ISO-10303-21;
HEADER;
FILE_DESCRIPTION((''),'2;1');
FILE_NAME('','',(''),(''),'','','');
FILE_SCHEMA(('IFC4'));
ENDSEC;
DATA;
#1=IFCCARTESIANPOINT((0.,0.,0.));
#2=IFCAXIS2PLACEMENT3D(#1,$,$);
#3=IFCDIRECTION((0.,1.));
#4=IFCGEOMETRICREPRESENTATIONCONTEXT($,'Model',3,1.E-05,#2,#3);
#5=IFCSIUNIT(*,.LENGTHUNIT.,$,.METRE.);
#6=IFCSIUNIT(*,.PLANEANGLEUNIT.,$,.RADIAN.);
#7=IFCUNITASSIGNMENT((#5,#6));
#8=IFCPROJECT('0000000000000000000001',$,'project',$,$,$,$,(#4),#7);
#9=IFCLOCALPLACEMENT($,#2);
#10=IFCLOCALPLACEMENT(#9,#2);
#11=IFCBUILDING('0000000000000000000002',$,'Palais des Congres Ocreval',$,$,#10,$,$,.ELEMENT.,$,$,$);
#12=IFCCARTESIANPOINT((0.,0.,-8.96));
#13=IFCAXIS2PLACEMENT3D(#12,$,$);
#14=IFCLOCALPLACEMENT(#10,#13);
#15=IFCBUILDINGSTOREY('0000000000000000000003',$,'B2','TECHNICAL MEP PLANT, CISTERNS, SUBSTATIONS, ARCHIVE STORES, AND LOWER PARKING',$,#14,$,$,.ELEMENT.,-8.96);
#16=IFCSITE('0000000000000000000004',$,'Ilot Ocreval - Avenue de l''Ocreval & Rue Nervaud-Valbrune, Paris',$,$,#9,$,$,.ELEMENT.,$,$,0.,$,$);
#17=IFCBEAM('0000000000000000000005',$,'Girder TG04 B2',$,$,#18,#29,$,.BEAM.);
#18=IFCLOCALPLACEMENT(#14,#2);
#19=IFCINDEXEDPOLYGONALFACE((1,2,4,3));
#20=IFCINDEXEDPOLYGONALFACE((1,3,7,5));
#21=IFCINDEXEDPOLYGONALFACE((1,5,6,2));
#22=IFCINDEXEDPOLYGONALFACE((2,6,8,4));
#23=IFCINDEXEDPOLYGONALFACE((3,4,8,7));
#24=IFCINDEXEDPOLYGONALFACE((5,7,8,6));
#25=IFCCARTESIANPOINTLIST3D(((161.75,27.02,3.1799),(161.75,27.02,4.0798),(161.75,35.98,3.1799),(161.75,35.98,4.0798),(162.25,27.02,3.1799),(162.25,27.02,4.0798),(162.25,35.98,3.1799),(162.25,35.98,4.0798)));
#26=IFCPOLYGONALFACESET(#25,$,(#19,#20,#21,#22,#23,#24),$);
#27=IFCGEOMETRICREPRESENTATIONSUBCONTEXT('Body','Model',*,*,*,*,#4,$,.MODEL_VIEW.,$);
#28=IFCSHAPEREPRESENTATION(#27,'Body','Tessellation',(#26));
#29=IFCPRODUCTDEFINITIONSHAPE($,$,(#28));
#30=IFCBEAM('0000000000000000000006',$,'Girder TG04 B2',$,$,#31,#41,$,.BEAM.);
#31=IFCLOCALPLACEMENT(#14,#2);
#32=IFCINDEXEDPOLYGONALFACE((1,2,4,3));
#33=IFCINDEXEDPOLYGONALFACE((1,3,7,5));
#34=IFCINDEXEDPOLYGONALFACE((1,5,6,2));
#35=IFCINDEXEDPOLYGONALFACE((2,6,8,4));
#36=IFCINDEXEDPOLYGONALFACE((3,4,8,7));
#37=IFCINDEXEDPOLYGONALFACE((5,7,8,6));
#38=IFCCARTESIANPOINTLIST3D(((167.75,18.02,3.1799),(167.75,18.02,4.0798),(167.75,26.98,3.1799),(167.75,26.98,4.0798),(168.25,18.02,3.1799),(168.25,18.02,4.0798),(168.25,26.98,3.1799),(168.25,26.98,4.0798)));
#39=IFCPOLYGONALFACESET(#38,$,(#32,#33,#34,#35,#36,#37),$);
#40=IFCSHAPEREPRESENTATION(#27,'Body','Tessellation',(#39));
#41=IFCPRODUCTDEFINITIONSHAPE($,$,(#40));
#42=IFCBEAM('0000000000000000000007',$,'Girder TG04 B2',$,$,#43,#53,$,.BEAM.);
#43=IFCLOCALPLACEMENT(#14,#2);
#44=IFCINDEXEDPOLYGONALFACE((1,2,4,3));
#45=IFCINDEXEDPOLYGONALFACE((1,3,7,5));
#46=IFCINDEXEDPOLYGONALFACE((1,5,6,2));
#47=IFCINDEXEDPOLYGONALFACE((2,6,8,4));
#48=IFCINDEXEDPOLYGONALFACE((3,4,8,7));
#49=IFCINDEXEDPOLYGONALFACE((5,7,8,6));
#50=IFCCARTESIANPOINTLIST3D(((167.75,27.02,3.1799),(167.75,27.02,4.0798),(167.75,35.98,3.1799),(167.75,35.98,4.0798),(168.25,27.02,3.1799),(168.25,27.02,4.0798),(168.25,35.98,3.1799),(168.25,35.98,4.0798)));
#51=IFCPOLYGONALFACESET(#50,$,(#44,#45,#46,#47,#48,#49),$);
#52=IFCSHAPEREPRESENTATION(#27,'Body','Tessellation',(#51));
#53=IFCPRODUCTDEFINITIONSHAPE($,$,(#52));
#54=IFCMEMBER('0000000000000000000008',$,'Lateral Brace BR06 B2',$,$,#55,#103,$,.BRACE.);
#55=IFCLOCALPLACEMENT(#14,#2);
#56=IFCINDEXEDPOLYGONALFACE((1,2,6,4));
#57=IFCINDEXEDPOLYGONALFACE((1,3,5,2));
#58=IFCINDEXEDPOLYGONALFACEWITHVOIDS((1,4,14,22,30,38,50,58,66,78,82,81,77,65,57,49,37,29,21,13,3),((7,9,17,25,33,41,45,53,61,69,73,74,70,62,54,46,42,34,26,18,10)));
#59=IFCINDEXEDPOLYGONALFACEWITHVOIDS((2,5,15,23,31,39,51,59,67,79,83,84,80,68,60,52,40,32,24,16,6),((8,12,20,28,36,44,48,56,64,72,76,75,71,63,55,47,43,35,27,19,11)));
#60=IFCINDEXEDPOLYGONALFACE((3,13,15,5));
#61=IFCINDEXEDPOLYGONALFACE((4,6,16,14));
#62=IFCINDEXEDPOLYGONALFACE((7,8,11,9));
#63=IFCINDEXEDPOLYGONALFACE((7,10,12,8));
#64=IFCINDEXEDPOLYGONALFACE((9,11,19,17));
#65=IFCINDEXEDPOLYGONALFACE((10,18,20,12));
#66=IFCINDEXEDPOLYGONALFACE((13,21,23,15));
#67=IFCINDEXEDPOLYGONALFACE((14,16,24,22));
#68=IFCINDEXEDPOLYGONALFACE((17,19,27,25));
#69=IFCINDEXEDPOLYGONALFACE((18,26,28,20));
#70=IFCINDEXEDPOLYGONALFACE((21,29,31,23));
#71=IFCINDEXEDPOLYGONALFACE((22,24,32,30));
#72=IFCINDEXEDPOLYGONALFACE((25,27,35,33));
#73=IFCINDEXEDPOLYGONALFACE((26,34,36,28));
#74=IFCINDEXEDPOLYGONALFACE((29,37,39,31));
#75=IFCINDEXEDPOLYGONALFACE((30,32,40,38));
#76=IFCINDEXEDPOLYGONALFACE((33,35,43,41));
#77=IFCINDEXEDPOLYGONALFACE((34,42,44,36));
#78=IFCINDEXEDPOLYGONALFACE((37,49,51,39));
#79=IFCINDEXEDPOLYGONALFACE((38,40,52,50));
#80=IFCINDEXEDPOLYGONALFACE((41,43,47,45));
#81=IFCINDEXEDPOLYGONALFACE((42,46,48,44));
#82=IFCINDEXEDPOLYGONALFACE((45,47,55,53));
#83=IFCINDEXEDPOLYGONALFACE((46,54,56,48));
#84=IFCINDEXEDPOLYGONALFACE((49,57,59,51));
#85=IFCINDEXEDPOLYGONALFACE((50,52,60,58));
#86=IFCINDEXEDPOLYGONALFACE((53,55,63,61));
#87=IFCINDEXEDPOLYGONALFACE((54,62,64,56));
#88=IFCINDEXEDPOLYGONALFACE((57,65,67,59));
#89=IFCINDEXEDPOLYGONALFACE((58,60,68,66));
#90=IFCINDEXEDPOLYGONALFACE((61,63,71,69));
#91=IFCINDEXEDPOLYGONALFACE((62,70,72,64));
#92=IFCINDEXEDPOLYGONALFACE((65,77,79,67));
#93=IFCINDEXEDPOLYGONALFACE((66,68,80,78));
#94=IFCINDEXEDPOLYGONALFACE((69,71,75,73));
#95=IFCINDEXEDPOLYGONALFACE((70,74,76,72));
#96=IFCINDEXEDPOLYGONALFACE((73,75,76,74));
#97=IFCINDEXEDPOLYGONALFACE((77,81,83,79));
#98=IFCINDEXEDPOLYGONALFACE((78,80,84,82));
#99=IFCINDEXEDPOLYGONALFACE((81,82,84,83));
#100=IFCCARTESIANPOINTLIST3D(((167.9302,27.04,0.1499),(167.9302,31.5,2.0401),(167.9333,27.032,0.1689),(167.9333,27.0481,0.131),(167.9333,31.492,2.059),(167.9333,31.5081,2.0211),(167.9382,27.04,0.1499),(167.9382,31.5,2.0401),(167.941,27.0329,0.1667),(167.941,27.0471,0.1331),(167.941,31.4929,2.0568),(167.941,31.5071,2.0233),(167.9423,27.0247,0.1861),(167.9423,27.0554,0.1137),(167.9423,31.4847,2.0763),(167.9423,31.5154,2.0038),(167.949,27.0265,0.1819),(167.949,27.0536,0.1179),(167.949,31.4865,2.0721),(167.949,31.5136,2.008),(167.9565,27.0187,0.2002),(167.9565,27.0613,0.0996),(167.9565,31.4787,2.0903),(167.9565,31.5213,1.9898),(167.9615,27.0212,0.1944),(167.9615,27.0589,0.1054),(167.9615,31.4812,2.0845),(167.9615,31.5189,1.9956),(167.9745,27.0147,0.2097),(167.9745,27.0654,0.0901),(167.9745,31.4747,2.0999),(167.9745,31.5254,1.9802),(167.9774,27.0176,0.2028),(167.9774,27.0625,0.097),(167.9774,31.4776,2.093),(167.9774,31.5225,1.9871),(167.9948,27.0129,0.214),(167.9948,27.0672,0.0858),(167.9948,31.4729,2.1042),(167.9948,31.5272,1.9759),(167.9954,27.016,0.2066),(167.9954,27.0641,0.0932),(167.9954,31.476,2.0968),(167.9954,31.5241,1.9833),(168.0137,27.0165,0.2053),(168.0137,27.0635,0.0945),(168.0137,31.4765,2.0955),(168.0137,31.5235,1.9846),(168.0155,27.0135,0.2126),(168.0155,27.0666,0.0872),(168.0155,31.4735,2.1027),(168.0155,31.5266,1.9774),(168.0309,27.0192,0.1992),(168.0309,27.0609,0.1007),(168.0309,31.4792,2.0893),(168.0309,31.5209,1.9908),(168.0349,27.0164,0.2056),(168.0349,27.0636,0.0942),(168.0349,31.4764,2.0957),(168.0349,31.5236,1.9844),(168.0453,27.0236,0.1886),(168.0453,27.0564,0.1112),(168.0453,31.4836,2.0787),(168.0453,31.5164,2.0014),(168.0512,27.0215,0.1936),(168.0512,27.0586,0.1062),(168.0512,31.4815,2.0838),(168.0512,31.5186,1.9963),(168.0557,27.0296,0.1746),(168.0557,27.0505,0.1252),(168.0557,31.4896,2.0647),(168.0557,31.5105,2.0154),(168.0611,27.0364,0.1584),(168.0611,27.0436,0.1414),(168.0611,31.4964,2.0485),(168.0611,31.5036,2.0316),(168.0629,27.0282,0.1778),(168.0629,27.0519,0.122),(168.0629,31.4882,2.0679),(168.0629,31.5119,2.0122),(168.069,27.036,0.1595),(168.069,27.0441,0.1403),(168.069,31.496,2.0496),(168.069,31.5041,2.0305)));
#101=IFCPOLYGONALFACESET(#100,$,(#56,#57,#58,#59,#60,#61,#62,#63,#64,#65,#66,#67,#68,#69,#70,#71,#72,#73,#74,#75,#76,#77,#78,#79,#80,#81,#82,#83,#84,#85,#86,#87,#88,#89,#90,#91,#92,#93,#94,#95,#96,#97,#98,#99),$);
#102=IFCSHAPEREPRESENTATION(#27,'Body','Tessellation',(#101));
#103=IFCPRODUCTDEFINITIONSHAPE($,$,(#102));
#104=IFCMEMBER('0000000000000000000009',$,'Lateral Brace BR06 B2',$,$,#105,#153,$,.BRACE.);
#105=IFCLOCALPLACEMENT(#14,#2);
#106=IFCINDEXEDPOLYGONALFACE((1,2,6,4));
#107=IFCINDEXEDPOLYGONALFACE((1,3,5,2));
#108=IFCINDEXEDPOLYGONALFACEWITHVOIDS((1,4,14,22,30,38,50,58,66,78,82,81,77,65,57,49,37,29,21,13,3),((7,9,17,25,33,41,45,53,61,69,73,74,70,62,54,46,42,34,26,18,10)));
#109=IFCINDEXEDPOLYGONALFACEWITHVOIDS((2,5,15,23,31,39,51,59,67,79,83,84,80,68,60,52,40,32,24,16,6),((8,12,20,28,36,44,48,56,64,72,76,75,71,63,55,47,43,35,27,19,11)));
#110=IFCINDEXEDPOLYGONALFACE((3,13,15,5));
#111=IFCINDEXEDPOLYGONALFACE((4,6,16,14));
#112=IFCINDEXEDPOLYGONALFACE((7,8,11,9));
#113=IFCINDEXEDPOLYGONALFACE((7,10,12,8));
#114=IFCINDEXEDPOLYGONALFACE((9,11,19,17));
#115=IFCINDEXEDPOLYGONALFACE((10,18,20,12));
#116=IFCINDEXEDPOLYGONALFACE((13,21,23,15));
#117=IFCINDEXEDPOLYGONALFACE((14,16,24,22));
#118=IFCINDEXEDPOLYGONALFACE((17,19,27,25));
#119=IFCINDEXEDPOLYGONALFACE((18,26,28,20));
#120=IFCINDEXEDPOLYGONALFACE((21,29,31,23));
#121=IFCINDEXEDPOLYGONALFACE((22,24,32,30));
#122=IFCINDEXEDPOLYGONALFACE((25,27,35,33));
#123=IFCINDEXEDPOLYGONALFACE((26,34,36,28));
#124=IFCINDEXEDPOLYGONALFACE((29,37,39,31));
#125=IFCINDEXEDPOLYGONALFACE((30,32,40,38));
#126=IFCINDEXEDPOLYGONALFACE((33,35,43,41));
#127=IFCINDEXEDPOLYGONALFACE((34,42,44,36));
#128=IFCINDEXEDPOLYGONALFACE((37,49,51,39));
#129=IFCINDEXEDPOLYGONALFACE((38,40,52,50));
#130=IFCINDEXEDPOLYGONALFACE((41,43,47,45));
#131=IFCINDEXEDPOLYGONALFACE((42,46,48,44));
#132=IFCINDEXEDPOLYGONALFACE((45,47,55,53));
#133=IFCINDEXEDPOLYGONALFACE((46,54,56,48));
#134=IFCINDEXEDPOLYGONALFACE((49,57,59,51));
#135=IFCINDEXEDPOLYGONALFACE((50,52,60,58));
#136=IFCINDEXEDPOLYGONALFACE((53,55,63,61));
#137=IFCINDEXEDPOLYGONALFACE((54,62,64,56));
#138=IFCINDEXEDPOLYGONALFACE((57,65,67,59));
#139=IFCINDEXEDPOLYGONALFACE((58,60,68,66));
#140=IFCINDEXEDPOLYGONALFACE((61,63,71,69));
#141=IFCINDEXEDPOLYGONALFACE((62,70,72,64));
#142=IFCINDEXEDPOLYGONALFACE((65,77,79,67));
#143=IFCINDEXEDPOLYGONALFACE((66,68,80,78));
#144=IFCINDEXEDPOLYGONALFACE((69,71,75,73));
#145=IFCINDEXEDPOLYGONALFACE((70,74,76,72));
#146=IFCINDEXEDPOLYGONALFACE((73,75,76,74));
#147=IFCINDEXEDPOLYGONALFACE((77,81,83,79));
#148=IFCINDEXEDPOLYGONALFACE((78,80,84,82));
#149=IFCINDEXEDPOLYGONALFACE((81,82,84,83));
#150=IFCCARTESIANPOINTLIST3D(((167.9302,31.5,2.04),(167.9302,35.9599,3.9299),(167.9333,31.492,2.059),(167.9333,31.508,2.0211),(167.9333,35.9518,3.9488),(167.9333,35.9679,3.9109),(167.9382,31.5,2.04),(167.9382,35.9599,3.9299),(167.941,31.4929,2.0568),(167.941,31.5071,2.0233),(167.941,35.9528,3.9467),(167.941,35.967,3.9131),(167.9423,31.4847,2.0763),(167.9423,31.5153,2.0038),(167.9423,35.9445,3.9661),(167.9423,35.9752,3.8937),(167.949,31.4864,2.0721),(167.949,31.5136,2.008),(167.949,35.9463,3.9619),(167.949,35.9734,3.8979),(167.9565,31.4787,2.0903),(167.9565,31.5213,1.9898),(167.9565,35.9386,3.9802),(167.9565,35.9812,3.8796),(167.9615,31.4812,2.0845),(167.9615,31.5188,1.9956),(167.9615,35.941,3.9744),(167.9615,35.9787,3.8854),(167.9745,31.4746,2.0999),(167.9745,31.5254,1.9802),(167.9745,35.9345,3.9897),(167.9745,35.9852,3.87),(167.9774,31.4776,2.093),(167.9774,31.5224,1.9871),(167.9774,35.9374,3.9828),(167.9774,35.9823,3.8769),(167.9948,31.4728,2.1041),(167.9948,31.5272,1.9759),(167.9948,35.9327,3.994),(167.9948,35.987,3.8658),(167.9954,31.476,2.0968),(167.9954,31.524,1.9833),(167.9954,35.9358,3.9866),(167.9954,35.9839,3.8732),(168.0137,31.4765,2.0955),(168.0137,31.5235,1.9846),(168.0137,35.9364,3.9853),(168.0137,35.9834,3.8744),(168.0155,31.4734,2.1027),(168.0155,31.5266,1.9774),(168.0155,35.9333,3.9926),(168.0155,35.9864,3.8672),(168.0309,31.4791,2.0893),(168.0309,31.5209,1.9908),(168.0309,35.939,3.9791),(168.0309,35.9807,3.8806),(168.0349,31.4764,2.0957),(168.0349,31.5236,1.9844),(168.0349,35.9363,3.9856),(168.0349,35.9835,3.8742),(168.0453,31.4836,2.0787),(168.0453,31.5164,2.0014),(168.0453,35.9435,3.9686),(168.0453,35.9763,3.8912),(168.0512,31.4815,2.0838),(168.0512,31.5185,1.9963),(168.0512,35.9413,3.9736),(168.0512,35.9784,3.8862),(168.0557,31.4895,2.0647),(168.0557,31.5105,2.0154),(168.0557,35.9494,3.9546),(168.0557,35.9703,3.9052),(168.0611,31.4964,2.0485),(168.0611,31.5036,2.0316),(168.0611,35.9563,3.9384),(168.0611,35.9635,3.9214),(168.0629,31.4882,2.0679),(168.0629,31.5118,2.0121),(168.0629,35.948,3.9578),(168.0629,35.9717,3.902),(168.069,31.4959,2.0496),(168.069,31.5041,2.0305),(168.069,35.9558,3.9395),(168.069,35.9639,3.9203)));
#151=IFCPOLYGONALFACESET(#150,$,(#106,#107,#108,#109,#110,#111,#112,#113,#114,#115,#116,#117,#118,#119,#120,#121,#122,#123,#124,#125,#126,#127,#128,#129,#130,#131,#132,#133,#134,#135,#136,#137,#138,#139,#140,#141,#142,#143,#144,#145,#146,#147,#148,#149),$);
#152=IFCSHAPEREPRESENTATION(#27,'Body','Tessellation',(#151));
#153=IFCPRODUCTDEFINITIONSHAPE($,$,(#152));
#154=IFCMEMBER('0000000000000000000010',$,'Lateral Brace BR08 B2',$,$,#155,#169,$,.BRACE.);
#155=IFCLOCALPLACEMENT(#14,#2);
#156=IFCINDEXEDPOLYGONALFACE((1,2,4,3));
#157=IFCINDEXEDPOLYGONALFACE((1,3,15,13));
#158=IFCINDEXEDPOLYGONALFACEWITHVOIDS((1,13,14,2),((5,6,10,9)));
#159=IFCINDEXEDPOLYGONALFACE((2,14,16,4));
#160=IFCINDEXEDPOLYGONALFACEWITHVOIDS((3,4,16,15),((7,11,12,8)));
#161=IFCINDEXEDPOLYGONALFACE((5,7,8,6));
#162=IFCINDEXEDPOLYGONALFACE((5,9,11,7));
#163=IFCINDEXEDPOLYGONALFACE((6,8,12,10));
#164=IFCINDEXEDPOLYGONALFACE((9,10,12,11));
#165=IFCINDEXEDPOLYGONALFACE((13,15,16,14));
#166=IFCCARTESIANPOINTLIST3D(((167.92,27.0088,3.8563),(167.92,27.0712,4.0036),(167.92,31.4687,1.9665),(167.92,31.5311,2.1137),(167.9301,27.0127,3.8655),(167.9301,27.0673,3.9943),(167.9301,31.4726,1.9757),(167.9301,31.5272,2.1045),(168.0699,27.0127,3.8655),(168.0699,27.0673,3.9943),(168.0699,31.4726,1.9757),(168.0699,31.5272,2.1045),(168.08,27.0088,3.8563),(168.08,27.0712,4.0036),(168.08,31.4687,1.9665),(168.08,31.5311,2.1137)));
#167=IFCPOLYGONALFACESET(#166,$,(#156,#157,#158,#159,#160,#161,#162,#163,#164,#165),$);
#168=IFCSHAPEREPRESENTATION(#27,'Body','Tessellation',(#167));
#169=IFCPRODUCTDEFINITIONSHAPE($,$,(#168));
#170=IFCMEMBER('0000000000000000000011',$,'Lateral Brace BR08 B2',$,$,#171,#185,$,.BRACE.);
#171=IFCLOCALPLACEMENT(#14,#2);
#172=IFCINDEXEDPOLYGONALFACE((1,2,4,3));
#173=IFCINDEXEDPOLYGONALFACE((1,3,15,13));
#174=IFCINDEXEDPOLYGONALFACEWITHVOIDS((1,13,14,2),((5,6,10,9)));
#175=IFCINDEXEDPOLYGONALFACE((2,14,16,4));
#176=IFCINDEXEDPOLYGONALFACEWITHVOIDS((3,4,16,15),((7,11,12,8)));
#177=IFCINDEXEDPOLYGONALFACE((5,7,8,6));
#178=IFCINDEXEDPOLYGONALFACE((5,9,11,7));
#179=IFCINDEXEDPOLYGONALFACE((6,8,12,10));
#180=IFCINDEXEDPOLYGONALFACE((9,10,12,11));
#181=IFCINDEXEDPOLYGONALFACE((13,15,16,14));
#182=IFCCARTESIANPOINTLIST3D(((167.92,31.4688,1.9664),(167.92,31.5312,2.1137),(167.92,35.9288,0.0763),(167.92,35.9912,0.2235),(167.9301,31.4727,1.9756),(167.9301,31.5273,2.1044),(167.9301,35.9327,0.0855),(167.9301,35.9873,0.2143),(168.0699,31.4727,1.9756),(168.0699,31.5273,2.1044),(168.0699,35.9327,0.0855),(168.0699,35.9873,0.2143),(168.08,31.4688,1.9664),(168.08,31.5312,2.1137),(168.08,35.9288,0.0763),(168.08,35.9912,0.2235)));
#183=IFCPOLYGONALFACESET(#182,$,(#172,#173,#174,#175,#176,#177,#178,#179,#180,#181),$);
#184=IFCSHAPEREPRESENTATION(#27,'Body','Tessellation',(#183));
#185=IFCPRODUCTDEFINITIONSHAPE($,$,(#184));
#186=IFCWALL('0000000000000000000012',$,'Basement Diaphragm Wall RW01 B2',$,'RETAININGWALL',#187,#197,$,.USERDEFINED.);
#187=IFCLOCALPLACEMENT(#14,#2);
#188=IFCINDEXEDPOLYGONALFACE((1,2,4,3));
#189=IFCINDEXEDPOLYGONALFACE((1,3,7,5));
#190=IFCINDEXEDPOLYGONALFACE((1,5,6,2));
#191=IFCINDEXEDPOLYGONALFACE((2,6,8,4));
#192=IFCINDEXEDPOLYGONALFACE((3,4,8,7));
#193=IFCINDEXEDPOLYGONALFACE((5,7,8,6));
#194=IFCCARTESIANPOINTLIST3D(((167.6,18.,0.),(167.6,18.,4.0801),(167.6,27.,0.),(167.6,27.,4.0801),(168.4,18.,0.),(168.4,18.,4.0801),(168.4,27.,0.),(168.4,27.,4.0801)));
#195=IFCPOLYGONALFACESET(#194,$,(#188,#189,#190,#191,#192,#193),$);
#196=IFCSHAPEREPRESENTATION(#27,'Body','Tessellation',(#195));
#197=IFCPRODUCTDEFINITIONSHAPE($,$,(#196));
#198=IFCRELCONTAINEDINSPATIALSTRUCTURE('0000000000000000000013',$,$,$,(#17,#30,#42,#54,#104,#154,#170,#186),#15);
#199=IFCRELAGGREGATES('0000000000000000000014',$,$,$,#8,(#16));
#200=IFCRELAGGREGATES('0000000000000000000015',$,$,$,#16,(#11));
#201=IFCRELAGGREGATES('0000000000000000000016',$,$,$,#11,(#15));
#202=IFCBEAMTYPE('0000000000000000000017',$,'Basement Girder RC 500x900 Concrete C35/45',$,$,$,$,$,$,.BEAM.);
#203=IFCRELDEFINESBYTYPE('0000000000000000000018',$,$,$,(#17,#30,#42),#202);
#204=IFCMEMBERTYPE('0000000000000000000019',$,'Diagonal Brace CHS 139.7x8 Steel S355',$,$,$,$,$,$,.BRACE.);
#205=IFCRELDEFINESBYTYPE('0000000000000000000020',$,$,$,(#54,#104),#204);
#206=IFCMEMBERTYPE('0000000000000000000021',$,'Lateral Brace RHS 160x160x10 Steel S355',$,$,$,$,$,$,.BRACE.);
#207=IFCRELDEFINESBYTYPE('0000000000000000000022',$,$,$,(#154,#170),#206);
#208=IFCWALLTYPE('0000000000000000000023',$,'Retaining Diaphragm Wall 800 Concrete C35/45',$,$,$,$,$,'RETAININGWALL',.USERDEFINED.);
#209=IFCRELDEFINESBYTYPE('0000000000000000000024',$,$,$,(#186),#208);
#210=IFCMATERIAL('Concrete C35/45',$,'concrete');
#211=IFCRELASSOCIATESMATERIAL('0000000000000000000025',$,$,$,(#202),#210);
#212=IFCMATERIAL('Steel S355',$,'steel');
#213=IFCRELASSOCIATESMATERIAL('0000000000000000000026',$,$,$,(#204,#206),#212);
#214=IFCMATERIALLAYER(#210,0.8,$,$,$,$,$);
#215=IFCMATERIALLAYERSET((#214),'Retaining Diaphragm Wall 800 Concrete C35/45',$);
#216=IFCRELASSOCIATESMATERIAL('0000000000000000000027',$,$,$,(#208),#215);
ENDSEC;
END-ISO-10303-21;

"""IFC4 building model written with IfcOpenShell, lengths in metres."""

from ifc_helpers import new_model, si_unit, direction, frame, frame_2d, origin, origin_2d, place, context, subcontext, project, spatial, rectangle, hollow_rectangle, hollow_circle, extrude, material, layer, layer_set, material_profile, profile_set, type_object, element, save


model = new_model("IFC4")

# Units and contexts
model_context = context("Model", 3, precision=1e-05, world=origin(), true_north=direction((0.0, 1.0)))
body_context = subcontext(model_context, "Body", "Model", "MODEL_VIEW")
ifc_project = project(units=[si_unit("LENGTHUNIT", "METRE"), si_unit("PLANEANGLEUNIT", "RADIAN")], contexts=[model_context])

# Site, building, storey
site_placement = place(None, origin())
site = spatial("IfcSite", under=ifc_project, at=site_placement, Name="Ilot Ocreval - Avenue de l'Ocreval & Rue Nervaud-Valbrune, Paris", CompositionType="ELEMENT", RefElevation=0.0)
building_placement = place(site_placement, origin())
building = spatial("IfcBuilding", under=site, at=building_placement, Name="Palais des Congres Ocreval", CompositionType="ELEMENT")
storey_placement = place(building_placement, frame((0.0, 0.0, -8.96)))
storey = spatial("IfcBuildingStorey", under=building, at=storey_placement, Name="B2", Description="TECHNICAL MEP PLANT, CISTERNS, SUBSTATIONS, ARCHIVE STORES, AND LOWER PARKING", CompositionType="ELEMENT", Elevation=-8.96)

# Shared definitions
ifc_material_1 = material(Name="Concrete C35/45", Category="concrete")

# Shared definitions
ifc_material_2 = material(Name="Steel S355", Category="steel")

# Beams
ifc_material_profile_1 = material_profile(ifc_material_1, rectangle(XDim=0.5, YDim=0.8999, at=origin_2d()), Name="RC 500x900")
ifc_profile_set_1 = profile_set([ifc_material_profile_1], Name="Concrete C35/45")
beam_type_1 = type_object("IfcBeamType", Name="Basement Girder RC 500x900 Concrete C35/45", PredefinedType="BEAM", material=ifc_profile_set_1)
for number, where, z_axis, x_axis, name in (
    (1, (162.0, 27.02, 3.6299), (0.0, 1.0, 0.0), (-1.0, 0.0, 0.0), "Girder TG04 B2"),
    (2, (168.0, 18.02, 3.6299), (0.0, 1.0, 0.0), (-1.0, 0.0, 0.0), "Girder TG04 B2"),
    (3, (168.0, 27.02, 3.6299), (0.0, 1.0, 0.0), (-1.0, 0.0, 0.0), "Girder TG04 B2"),
):
    element("IfcBeam", number, at=place(storey_placement, frame(where, z_axis=z_axis, x_axis=x_axis)), inside=storey, type_object=beam_type_1, Name=name, PredefinedType="BEAM", context=body_context, shape_type="SweptSolid", body=[
        extrude(rectangle(XDim=0.5, YDim=0.8999, at=origin_2d()), origin(), (0.0, 0.0, 1.0), 8.96),
    ])

# Members
ifc_material_profile_2 = material_profile(ifc_material_2, hollow_circle(Radius=0.0698, WallThickness=0.0081, at=origin_2d()), Name="CHS 139.7x8")
ifc_profile_set_2 = profile_set([ifc_material_profile_2], Name="Steel S355")
member_type_1 = type_object("IfcMemberType", Name="Diagonal Brace CHS 139.7x8 Steel S355", PredefinedType="BRACE", material=ifc_profile_set_2)
member_1_placement = place(storey_placement, frame((168.0, 27.04, 0.1499), z_axis=(0.0, 0.920728, 0.390206), x_axis=(-1.0, 0.0, 0.0)))
element("IfcMember", 4, at=member_1_placement, inside=storey, type_object=member_type_1, Name="Lateral Brace BR06 B2", PredefinedType="BRACE", context=body_context, shape_type="SweptSolid", body=[
    extrude(hollow_circle(Radius=0.0698, WallThickness=0.0081, at=origin_2d()), origin(), (0.0, 0.0, 1.0), 4.844),
])
member_2_placement = place(storey_placement, frame((168.0, 31.5, 2.04), z_axis=(0.0, 0.920746, 0.390163), x_axis=(-1.0, 0.0, 0.0)))
element("IfcMember", 5, at=member_2_placement, inside=storey, type_object=member_type_1, Name="Lateral Brace BR06 B2", PredefinedType="BRACE", context=body_context, shape_type="SweptSolid", body=[
    extrude(hollow_circle(Radius=0.0698, WallThickness=0.0081, at=origin_2d()), origin(), (0.0, 0.0, 1.0), 4.8438),
])
ifc_material_profile_3 = material_profile(ifc_material_2, hollow_rectangle(XDim=0.1599, YDim=0.1599, WallThickness=0.01, at=origin_2d()), Name="RHS 160x160x10")
ifc_profile_set_3 = profile_set([ifc_material_profile_3], Name="Steel S355")
member_type_2 = type_object("IfcMemberType", Name="Lateral Brace RHS 160x160x10 Steel S355", PredefinedType="BRACE", material=ifc_profile_set_3)
member_3_placement = place(storey_placement, frame((168.0, 27.04, 3.9299), z_axis=(0.0, 0.920746, -0.390163), x_axis=(-1.0, 0.0, 0.0)))
element("IfcMember", 6, at=member_3_placement, inside=storey, type_object=member_type_2, Name="Lateral Brace BR08 B2", PredefinedType="BRACE", context=body_context, shape_type="SweptSolid", body=[
    extrude(hollow_rectangle(XDim=0.1599, YDim=0.1599, WallThickness=0.01, at=origin_2d()), origin(), (0.0, 0.0, 1.0), 4.8438),
])
member_4_placement = place(storey_placement, frame((168.0, 31.5, 2.04), z_axis=(0.0, 0.920728, -0.390206), x_axis=(-1.0, 0.0, 0.0)))
element("IfcMember", 7, at=member_4_placement, inside=storey, type_object=member_type_2, Name="Lateral Brace BR08 B2", PredefinedType="BRACE", context=body_context, shape_type="SweptSolid", body=[
    extrude(hollow_rectangle(XDim=0.1599, YDim=0.1599, WallThickness=0.01, at=origin_2d()), origin(), (0.0, 0.0, 1.0), 4.844),
])

# Wall
ifc_layer_1 = layer(ifc_material_1, 0.8)
ifc_layer_set_1 = layer_set([ifc_layer_1], Name="Retaining Diaphragm Wall 800 Concrete C35/45")
wall_type_1 = type_object("IfcWallType", Name="Retaining Diaphragm Wall 800 Concrete C35/45", ElementType="RETAININGWALL", PredefinedType="USERDEFINED", material=ifc_layer_set_1)
wall_1_placement = place(storey_placement, frame((168.0, 27.0, 0.0), z_axis=(0.0, 0.0, 1.0), x_axis=(0.0, -1.0, 0.0)))
element("IfcWall", 8, at=wall_1_placement, inside=storey, type_object=wall_type_1, Name="Basement Diaphragm Wall RW01 B2", ObjectType="RETAININGWALL", PredefinedType="USERDEFINED", context=body_context, shape_type="SweptSolid", body=[
    extrude(rectangle(XDim=9.0, YDim=0.8, at=frame_2d((4.5, 0.0))), origin(), (0.0, 0.0, 1.0), 4.0801),
])

save(model, "model.ifc")
